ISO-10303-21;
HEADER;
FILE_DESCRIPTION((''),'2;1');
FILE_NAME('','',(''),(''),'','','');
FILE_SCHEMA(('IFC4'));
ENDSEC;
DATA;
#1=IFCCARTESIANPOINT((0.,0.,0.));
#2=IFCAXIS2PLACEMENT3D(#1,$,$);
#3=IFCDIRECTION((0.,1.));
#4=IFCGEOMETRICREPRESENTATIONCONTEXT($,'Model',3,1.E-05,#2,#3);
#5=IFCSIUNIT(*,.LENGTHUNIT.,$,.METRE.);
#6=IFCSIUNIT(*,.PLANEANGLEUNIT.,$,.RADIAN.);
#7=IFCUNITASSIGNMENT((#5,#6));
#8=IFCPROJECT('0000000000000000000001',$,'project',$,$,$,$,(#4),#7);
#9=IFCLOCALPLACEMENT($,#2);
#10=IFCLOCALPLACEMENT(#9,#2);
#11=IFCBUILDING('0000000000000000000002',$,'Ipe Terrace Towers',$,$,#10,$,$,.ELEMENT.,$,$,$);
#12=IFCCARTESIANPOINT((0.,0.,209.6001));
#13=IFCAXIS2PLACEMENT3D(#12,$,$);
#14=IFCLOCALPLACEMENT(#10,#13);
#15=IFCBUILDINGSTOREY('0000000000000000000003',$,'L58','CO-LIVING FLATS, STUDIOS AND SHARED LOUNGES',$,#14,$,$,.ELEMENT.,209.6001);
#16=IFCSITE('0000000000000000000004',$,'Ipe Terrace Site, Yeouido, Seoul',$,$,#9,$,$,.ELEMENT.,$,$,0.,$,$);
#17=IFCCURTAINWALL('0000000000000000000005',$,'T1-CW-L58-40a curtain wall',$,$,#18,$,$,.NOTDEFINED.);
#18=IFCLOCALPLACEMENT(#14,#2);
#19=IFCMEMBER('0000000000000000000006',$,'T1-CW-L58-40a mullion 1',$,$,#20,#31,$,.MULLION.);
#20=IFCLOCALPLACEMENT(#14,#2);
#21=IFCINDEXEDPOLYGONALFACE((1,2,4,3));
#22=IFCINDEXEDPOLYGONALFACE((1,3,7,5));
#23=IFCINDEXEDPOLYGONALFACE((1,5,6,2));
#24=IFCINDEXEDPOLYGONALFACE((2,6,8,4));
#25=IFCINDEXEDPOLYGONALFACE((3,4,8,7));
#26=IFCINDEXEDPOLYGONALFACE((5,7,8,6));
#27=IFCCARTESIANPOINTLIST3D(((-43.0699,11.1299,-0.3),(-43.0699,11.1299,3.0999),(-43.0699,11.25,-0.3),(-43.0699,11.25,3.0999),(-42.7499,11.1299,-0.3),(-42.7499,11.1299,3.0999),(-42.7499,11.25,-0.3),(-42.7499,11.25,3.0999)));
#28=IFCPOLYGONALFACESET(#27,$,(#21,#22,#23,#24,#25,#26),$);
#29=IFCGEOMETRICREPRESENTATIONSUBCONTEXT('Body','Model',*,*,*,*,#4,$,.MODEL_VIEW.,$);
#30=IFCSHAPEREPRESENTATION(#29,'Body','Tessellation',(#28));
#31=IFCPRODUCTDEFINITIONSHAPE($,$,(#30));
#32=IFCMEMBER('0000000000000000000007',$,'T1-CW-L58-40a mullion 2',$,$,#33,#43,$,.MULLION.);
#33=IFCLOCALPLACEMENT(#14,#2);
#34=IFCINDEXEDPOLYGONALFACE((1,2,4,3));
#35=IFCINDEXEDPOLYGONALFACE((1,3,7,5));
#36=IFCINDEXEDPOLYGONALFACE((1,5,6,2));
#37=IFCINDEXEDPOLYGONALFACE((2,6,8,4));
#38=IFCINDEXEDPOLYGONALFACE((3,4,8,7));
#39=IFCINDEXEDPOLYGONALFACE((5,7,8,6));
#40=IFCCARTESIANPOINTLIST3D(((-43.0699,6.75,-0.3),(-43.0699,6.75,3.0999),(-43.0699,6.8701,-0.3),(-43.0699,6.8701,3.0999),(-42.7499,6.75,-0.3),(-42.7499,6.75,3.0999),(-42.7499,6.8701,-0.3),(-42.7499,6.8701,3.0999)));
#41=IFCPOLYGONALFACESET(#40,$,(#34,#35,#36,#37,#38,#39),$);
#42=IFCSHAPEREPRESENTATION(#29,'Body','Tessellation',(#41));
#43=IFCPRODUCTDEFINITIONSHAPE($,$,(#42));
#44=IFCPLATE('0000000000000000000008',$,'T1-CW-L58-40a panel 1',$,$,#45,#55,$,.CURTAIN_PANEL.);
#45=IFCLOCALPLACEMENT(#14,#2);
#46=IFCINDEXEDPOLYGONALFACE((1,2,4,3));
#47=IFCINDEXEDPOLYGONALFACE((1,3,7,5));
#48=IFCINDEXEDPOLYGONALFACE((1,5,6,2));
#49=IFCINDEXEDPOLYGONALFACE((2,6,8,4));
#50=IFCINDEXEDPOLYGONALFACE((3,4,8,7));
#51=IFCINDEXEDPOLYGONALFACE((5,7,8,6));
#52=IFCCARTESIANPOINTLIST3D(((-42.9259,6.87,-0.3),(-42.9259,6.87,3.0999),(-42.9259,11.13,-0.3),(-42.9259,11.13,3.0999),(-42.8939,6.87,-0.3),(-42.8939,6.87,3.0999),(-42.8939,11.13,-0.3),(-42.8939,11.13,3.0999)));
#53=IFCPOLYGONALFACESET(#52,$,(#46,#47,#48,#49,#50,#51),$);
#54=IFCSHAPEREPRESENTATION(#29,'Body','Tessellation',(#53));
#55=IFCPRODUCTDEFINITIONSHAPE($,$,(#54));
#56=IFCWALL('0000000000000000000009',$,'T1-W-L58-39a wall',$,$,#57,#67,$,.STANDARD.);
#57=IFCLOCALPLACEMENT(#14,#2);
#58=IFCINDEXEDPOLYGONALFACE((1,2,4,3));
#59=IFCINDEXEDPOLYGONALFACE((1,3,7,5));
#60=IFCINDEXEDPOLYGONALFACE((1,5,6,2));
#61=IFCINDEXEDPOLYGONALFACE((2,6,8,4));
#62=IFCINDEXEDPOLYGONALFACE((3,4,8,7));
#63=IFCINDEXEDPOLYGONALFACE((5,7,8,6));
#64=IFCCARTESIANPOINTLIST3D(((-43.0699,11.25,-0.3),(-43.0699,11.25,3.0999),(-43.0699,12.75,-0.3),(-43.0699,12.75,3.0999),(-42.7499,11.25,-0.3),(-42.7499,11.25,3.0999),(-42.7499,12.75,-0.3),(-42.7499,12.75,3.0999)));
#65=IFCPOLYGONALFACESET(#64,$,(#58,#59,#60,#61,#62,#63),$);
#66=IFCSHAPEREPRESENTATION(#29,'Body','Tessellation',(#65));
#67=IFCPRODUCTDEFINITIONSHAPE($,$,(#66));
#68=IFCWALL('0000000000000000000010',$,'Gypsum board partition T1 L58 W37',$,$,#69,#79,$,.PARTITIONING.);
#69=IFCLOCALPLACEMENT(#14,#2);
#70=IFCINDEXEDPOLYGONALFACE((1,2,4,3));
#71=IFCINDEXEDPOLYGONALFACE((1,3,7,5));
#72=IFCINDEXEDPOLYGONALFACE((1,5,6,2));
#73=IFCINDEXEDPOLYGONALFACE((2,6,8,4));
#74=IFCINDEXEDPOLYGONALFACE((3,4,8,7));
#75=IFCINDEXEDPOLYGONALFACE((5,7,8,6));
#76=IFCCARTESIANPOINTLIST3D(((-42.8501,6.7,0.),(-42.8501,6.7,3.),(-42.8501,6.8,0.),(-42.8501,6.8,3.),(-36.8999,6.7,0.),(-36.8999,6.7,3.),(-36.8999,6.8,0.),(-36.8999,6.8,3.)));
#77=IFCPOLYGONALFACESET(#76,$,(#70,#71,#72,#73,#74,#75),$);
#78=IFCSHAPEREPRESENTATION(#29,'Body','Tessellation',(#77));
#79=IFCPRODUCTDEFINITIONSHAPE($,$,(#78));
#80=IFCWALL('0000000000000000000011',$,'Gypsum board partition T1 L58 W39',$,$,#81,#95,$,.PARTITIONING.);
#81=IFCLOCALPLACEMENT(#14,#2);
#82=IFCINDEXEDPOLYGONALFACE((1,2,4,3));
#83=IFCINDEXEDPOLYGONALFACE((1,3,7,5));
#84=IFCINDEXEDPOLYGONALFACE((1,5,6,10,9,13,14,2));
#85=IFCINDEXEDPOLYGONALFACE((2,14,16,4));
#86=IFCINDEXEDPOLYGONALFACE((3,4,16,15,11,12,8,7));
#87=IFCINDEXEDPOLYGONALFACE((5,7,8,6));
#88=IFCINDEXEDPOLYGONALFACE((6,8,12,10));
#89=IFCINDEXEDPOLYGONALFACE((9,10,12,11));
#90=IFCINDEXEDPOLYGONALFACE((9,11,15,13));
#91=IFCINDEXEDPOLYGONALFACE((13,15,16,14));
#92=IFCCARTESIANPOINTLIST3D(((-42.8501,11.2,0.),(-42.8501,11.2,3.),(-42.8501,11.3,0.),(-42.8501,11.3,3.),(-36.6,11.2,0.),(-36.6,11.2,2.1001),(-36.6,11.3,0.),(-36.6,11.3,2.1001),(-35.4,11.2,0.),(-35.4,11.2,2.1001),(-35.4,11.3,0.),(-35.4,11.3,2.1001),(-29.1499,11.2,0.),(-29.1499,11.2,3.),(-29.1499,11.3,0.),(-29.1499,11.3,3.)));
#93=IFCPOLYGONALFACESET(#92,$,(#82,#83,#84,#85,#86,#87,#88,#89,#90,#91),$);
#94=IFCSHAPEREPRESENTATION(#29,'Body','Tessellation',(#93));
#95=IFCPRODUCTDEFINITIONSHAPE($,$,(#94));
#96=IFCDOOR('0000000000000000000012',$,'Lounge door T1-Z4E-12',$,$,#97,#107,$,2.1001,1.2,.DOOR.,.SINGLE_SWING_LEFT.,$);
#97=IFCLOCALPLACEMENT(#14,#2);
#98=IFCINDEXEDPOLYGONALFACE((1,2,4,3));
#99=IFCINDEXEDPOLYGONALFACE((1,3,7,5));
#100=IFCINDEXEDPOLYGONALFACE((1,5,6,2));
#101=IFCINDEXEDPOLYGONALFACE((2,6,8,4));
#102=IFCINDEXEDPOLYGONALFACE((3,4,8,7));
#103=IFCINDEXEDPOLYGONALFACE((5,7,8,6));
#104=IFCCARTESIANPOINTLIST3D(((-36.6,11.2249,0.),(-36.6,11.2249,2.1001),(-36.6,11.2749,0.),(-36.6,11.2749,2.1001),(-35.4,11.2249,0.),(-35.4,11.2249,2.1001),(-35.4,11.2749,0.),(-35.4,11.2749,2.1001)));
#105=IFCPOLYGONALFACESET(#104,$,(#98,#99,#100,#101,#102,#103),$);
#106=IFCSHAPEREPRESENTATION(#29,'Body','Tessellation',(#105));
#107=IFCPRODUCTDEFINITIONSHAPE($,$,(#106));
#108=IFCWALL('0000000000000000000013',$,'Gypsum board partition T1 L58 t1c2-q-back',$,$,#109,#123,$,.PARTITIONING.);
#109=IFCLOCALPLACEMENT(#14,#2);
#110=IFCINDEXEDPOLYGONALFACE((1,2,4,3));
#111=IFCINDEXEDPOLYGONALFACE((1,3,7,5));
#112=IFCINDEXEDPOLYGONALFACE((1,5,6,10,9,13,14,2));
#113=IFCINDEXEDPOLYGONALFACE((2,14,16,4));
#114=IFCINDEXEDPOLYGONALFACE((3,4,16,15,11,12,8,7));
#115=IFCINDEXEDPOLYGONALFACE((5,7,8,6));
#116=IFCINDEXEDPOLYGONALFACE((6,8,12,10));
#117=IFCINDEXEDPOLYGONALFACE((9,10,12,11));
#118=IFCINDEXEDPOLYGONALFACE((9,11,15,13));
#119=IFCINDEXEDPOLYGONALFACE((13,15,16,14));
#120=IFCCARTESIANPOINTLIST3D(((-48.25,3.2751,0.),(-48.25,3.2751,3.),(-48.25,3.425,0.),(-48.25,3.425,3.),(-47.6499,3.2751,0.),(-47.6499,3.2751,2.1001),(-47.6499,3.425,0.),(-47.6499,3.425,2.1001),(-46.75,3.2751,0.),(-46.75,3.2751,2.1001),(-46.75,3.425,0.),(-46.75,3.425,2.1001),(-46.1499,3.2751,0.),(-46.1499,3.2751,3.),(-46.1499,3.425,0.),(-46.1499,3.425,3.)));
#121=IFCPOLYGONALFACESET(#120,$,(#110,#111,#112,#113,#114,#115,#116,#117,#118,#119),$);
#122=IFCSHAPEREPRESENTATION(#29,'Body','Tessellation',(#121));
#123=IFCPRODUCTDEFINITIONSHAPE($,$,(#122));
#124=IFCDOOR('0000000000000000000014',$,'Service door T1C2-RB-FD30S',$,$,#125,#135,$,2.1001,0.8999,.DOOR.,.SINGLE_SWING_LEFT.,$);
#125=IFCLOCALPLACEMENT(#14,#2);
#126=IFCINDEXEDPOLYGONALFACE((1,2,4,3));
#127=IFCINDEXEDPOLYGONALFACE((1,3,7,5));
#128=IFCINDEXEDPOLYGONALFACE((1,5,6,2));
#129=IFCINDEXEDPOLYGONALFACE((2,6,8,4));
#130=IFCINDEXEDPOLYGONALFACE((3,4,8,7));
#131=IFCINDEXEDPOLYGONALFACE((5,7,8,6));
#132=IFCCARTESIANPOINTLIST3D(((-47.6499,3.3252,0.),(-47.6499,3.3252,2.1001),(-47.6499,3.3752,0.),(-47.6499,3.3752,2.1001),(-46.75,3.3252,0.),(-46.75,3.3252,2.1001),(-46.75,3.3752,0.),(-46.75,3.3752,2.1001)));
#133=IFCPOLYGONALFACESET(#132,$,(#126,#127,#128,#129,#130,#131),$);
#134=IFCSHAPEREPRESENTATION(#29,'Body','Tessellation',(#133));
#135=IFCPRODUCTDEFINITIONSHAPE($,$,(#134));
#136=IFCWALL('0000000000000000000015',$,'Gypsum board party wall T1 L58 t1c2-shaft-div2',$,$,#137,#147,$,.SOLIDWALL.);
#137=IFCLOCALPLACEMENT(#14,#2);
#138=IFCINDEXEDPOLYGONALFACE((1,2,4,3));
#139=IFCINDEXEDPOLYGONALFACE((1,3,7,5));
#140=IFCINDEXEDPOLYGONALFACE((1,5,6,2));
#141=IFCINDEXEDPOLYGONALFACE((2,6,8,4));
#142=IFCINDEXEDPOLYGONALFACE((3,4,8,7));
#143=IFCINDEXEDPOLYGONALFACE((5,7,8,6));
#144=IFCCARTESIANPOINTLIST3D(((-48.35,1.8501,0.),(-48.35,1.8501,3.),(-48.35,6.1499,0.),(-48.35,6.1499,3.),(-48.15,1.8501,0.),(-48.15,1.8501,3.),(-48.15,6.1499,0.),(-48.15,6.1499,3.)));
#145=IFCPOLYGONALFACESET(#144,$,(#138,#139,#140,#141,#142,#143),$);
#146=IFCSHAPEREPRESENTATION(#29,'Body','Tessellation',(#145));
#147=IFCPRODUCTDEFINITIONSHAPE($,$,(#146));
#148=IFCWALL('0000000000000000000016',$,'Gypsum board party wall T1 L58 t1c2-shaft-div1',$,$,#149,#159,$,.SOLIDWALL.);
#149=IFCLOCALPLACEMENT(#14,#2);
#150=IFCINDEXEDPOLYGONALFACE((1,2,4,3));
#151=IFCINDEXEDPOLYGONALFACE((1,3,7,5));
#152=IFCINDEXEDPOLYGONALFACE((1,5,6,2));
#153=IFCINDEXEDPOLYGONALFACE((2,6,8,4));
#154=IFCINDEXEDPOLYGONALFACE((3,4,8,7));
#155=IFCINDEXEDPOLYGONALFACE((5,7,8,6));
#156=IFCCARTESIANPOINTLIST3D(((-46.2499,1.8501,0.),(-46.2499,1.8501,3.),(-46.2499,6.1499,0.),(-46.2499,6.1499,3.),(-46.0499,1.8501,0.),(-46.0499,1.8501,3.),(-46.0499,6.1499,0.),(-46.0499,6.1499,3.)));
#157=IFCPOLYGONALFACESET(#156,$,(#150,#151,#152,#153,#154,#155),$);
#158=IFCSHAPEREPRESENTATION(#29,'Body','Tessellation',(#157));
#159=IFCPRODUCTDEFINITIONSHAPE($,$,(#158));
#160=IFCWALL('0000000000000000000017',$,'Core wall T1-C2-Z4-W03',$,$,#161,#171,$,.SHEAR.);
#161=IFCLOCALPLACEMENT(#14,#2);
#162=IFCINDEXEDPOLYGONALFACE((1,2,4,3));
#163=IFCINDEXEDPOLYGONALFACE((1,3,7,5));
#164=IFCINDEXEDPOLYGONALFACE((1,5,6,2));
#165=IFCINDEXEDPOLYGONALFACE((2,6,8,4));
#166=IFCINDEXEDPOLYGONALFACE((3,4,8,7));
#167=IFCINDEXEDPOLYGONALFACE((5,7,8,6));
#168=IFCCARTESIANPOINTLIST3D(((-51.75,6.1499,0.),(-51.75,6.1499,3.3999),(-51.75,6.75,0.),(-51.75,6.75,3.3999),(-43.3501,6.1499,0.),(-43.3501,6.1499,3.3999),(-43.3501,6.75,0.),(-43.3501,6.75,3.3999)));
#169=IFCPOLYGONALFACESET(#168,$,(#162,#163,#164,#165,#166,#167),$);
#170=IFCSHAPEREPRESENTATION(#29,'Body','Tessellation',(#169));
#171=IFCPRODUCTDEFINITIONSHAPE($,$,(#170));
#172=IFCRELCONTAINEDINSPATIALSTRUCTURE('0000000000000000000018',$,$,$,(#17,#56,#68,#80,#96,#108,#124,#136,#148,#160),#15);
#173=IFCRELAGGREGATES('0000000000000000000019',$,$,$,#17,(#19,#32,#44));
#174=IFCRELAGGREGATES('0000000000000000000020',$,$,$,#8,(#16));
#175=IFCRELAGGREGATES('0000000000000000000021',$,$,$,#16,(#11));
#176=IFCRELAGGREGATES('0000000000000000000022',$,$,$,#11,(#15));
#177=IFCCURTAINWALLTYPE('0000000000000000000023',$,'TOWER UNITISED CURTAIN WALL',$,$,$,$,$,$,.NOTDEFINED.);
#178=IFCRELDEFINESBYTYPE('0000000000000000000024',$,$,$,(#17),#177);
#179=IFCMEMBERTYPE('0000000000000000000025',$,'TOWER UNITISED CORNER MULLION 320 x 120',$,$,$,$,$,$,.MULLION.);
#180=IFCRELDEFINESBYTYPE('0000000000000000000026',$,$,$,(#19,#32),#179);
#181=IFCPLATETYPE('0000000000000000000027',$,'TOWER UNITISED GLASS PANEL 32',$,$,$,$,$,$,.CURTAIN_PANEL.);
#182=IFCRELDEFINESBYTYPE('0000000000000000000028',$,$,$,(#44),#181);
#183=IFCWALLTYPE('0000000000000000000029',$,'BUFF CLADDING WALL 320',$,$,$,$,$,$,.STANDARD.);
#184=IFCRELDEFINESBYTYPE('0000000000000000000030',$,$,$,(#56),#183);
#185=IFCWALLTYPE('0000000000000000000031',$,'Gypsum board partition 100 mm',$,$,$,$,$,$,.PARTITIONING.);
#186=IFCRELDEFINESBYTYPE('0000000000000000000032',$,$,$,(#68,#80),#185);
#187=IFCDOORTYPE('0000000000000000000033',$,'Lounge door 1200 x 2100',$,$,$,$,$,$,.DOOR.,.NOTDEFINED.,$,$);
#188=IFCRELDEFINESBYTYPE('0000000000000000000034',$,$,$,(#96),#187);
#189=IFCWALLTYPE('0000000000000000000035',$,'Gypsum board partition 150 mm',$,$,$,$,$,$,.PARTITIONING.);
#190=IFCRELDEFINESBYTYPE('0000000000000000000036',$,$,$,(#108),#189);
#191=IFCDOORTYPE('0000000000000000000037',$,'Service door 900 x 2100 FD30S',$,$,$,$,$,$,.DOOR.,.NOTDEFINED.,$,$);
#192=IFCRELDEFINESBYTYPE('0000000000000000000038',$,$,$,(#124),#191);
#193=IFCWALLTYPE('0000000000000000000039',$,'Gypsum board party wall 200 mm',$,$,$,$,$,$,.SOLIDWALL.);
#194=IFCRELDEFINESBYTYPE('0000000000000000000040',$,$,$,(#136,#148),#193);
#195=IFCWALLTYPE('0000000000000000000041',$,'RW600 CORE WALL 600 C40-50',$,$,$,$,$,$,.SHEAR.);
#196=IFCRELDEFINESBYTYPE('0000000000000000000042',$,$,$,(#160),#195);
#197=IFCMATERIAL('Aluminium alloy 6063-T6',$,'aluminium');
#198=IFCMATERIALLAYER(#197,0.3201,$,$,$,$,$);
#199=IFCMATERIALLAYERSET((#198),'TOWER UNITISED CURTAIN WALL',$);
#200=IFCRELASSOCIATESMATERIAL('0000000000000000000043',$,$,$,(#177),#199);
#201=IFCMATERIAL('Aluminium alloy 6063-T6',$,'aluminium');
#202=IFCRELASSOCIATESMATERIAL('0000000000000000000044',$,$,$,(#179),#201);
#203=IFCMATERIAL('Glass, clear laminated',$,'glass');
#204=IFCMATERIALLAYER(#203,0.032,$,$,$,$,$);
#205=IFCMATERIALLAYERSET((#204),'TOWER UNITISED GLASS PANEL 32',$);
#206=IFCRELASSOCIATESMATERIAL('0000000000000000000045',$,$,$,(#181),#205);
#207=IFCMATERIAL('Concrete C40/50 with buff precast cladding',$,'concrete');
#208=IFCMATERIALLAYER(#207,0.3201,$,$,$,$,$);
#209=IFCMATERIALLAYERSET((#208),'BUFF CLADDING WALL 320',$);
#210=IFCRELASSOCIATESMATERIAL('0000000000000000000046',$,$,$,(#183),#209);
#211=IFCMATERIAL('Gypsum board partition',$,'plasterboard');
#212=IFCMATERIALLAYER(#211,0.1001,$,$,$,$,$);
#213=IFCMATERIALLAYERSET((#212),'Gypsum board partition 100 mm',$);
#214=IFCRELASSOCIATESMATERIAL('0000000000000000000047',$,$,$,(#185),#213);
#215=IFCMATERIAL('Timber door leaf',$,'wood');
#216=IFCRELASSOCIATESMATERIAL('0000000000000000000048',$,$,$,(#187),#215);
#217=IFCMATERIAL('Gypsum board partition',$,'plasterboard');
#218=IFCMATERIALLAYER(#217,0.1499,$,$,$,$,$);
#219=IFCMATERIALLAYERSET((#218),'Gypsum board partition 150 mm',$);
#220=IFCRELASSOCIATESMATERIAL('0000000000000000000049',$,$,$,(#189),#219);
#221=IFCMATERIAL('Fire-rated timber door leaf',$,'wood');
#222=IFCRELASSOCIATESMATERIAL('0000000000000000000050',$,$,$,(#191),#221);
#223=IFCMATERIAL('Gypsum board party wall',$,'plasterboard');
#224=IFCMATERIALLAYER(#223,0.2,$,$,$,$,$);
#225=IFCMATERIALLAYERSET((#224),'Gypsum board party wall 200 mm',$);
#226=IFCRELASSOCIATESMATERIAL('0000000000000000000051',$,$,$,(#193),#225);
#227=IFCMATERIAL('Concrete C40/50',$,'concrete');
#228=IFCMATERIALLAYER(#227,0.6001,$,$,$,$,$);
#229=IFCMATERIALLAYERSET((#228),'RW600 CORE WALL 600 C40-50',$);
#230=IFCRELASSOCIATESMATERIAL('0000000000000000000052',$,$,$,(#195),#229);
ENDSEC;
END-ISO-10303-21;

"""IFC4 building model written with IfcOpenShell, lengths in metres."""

from ifc_helpers import new_model, si_unit, direction, frame, frame_2d, origin, origin_2d, place, context, subcontext, project, spatial, rectangle, extrude, material, layer, layer_set, material_profile, profile_set, type_object, element, fill, aggregate, save


model = new_model("IFC4")

# Units and contexts
model_context = context("Model", 3, precision=1e-05, world=origin(), true_north=direction((0.0, 1.0)))
body_context = subcontext(model_context, "Body", "Model", "MODEL_VIEW")
ifc_project = project(units=[si_unit("LENGTHUNIT", "METRE"), si_unit("PLANEANGLEUNIT", "RADIAN")], contexts=[model_context])

# Site, building, storey
site_placement = place(None, origin())
site = spatial("IfcSite", under=ifc_project, at=site_placement, Name="Ipe Terrace Site, Yeouido, Seoul", CompositionType="ELEMENT", RefElevation=0.0)
building_placement = place(site_placement, origin())
building = spatial("IfcBuilding", under=site, at=building_placement, Name="Ipe Terrace Towers", CompositionType="ELEMENT")
storey_placement = place(building_placement, frame((0.0, 0.0, 209.6001)))
storey = spatial("IfcBuildingStorey", under=building, at=storey_placement, Name="L58", Description="CO-LIVING FLATS, STUDIOS AND SHARED LOUNGES", CompositionType="ELEMENT", Elevation=209.6001)

# Curtain wall, members, plate
ifc_material_1 = material(Name="Aluminium alloy 6063-T6", Category="aluminium")
ifc_layer_1 = layer(ifc_material_1, 0.3201)
ifc_layer_set_1 = layer_set([ifc_layer_1], Name="TOWER UNITISED CURTAIN WALL")
curtain_wall_type = type_object("IfcCurtainWallType", Name="TOWER UNITISED CURTAIN WALL", PredefinedType="NOTDEFINED", material=ifc_layer_set_1)
curtain_wall_placement = place(storey_placement, origin())
curtain_wall = element("IfcCurtainWall", 1, at=curtain_wall_placement, inside=storey, type_object=curtain_wall_type, Name="T1-CW-L58-40a curtain wall", PredefinedType="NOTDEFINED")
ifc_material_2 = material(Name="Aluminium alloy 6063-T6", Category="aluminium")
ifc_material_profile = material_profile(ifc_material_2, rectangle(XDim=0.3201, YDim=0.1201, at=origin_2d()), Name="TOWER UNITISED CORNER MULLION 320 x 120")
ifc_profile_set = profile_set([ifc_material_profile], Name="Aluminium alloy 6063-T6")
member_type = type_object("IfcMemberType", Name="TOWER UNITISED CORNER MULLION 320 x 120", PredefinedType="MULLION", material=ifc_profile_set)
member_1_placement = place(storey_placement, frame((-42.9099, 11.1899, -0.3), z_axis=(0.0, 0.0, 1.0), x_axis=(-1.0, 0.0, 0.0)))
member_1 = element("IfcMember", 2, at=member_1_placement, type_object=member_type, Name="T1-CW-L58-40a mullion 1", PredefinedType="MULLION", context=body_context, shape_type="SweptSolid", body=[
    extrude(rectangle(XDim=0.3201, YDim=0.1201, at=origin_2d()), origin(), (0.0, 0.0, 1.0), 3.3999),
])
member_2_placement = place(storey_placement, frame((-42.9099, 6.8101, -0.3), z_axis=(0.0, 0.0, 1.0), x_axis=(-1.0, 0.0, 0.0)))
member_2 = element("IfcMember", 3, at=member_2_placement, type_object=member_type, Name="T1-CW-L58-40a mullion 2", PredefinedType="MULLION", context=body_context, shape_type="SweptSolid", body=[
    extrude(rectangle(XDim=0.3201, YDim=0.1201, at=origin_2d()), origin(), (0.0, 0.0, 1.0), 3.3999),
])
ifc_material_3 = material(Name="Glass, clear laminated", Category="glass")
ifc_layer_2 = layer(ifc_material_3, 0.032)
ifc_layer_set_2 = layer_set([ifc_layer_2], Name="TOWER UNITISED GLASS PANEL 32")
plate_type = type_object("IfcPlateType", Name="TOWER UNITISED GLASS PANEL 32", PredefinedType="CURTAIN_PANEL", material=ifc_layer_set_2)
plate_placement = place(storey_placement, frame((-42.9099, 9.0, -0.3), z_axis=(0.0, 0.0, 1.0), x_axis=(0.0, -1.0, 0.0)))
plate = element("IfcPlate", 4, at=plate_placement, type_object=plate_type, Name="T1-CW-L58-40a panel 1", PredefinedType="CURTAIN_PANEL", context=body_context, shape_type="SweptSolid", body=[
    extrude(rectangle(XDim=4.26, YDim=0.032, at=origin_2d()), origin(), (0.0, 0.0, 1.0), 3.3999),
])
aggregate(curtain_wall, [member_1, member_2, plate])

# Walls
ifc_material_4 = material(Name="Concrete C40/50 with buff precast cladding", Category="concrete")
ifc_layer_3 = layer(ifc_material_4, 0.3201)
ifc_layer_set_3 = layer_set([ifc_layer_3], Name="BUFF CLADDING WALL 320")
wall_type_1 = type_object("IfcWallType", Name="BUFF CLADDING WALL 320", PredefinedType="STANDARD", material=ifc_layer_set_3)
wall_1_placement = place(storey_placement, frame((-42.9099, 12.75, -0.3), z_axis=(0.0, 0.0, 1.0), x_axis=(0.0, -1.0, 0.0)))
element("IfcWall", 5, at=wall_1_placement, inside=storey, type_object=wall_type_1, Name="T1-W-L58-39a wall", PredefinedType="STANDARD", context=body_context, shape_type="SweptSolid", body=[
    extrude(rectangle(XDim=1.5, YDim=0.3201, at=frame_2d((0.75, 0.0))), origin(), (0.0, 0.0, 1.0), 3.3999),
])
ifc_material_5 = material(Name="Gypsum board partition", Category="plasterboard")
ifc_layer_4 = layer(ifc_material_5, 0.1001)
ifc_layer_set_4 = layer_set([ifc_layer_4], Name="Gypsum board partition 100 mm")
wall_type_2 = type_object("IfcWallType", Name="Gypsum board partition 100 mm", PredefinedType="PARTITIONING", material=ifc_layer_set_4)
wall_2_placement = place(storey_placement, frame((-42.8501, 6.75, 0.0), z_axis=(0.0, 0.0, 1.0), x_axis=(1.0, 0.0, 0.0)))
element("IfcWall", 6, at=wall_2_placement, inside=storey, type_object=wall_type_2, Name="Gypsum board partition T1 L58 W37", PredefinedType="PARTITIONING", context=body_context, shape_type="SweptSolid", body=[
    extrude(rectangle(XDim=5.9502, YDim=0.1001, at=frame_2d((2.9751, 0.0))), origin(), (0.0, 0.0, 1.0), 3.0),
])

# Walls, openings, doors
wall_3_placement = place(storey_placement, frame((-42.8501, 11.25, 0.0), z_axis=(0.0, 0.0, 1.0), x_axis=(1.0, 0.0, 0.0)))
wall_3 = element("IfcWall", 7, at=wall_3_placement, inside=storey, type_object=wall_type_2, Name="Gypsum board partition T1 L58 W39", PredefinedType="PARTITIONING", context=body_context, shape_type="SweptSolid", body=[
    extrude(rectangle(XDim=13.7002, YDim=0.1001, at=frame_2d((6.8501, 0.0))), origin(), (0.0, 0.0, 1.0), 3.0),
])
opening_1_placement = place(wall_3_placement, frame((6.25, 0.0, 0.0)))
opening_1 = element("IfcOpeningElement", 8, at=opening_1_placement, cuts=wall_3, PredefinedType="OPENING", context=body_context, shape_type="SweptSolid", body=[
    extrude(rectangle(XDim=1.2, YDim=2.1001, at=frame_2d((0.6001, 1.05))), frame((0.0, 0.0601, 0.0), z_axis=(0.0, -1.0, 0.0), x_axis=(1.0, 0.0, 0.0)), (0.0, 0.0, 1.0), 0.1201),
])
ifc_material_6 = material(Name="Timber door leaf", Category="wood")
door_type_1 = type_object("IfcDoorType", Name="Lounge door 1200 x 2100", OperationType="NOTDEFINED", PredefinedType="DOOR", material=ifc_material_6)
door_1_placement = place(opening_1_placement, origin())
door_1 = element("IfcDoor", 9, at=door_1_placement, inside=storey, type_object=door_type_1, Name="Lounge door T1-Z4E-12", OperationType="SINGLE_SWING_LEFT", OverallHeight=2.1001, OverallWidth=1.2, PredefinedType="DOOR", context=body_context, shape_type="SweptSolid", body=[
    extrude(rectangle(XDim=1.2, YDim=2.1001, at=frame_2d((0.6001, 1.05))), frame((0.0, 0.0249, 0.0), z_axis=(0.0, -1.0, 0.0), x_axis=(1.0, 0.0, 0.0)), (0.0, 0.0, 1.0), 0.05),
])
fill(opening_1, door_1)
ifc_material_7 = material(Name="Gypsum board partition", Category="plasterboard")
ifc_layer_5 = layer(ifc_material_7, 0.1499)
ifc_layer_set_5 = layer_set([ifc_layer_5], Name="Gypsum board partition 150 mm")
wall_type_3 = type_object("IfcWallType", Name="Gypsum board partition 150 mm", PredefinedType="PARTITIONING", material=ifc_layer_set_5)
wall_4_placement = place(storey_placement, frame((-46.1499, 3.3501, 0.0), z_axis=(0.0, 0.0, 1.0), x_axis=(-1.0, 0.0, 0.0)))
wall_4 = element("IfcWall", 10, at=wall_4_placement, inside=storey, type_object=wall_type_3, Name="Gypsum board partition T1 L58 t1c2-q-back", PredefinedType="PARTITIONING", context=body_context, shape_type="SweptSolid", body=[
    extrude(rectangle(XDim=2.1001, YDim=0.1499, at=frame_2d((1.05, 0.0))), origin(), (0.0, 0.0, 1.0), 3.0),
])
opening_2_placement = place(wall_4_placement, frame((0.6001, 0.0, 0.0)))
opening_2 = element("IfcOpeningElement", 11, at=opening_2_placement, cuts=wall_4, PredefinedType="OPENING", context=body_context, shape_type="SweptSolid", body=[
    extrude(rectangle(XDim=0.8999, YDim=2.1001, at=frame_2d((0.45, 1.05))), frame((0.0, 0.085, 0.0), z_axis=(0.0, -1.0, 0.0), x_axis=(1.0, 0.0, 0.0)), (0.0, 0.0, 1.0), 0.1699),
])
ifc_material_8 = material(Name="Fire-rated timber door leaf", Category="wood")
door_type_2 = type_object("IfcDoorType", Name="Service door 900 x 2100 FD30S", OperationType="NOTDEFINED", PredefinedType="DOOR", material=ifc_material_8)
door_2_placement = place(opening_2_placement, origin())
door_2 = element("IfcDoor", 12, at=door_2_placement, inside=storey, type_object=door_type_2, Name="Service door T1C2-RB-FD30S", OperationType="SINGLE_SWING_LEFT", OverallHeight=2.1001, OverallWidth=0.8999, PredefinedType="DOOR", context=body_context, shape_type="SweptSolid", body=[
    extrude(rectangle(XDim=0.8999, YDim=2.1001, at=frame_2d((0.45, 1.05))), frame((0.0, 0.0249, 0.0), z_axis=(0.0, -1.0, 0.0), x_axis=(1.0, 0.0, 0.0)), (0.0, 0.0, 1.0), 0.05),
])
fill(opening_2, door_2)

# Walls
ifc_material_9 = material(Name="Gypsum board party wall", Category="plasterboard")
ifc_layer_6 = layer(ifc_material_9, 0.2)
ifc_layer_set_6 = layer_set([ifc_layer_6], Name="Gypsum board party wall 200 mm")
wall_type_4 = type_object("IfcWallType", Name="Gypsum board party wall 200 mm", PredefinedType="SOLIDWALL", material=ifc_layer_set_6)
for number, where, z_axis, x_axis, name in (
    (13, (-48.25, 6.1499, 0.0), (0.0, 0.0, 1.0), (0.0, -1.0, 0.0), "Gypsum board party wall T1 L58 t1c2-shaft-div2"),
    (14, (-46.1499, 6.1499, 0.0), (0.0, 0.0, 1.0), (0.0, -1.0, 0.0), "Gypsum board party wall T1 L58 t1c2-shaft-div1"),
):
    element("IfcWall", number, at=place(storey_placement, frame(where, z_axis=z_axis, x_axis=x_axis)), inside=storey, type_object=wall_type_4, Name=name, PredefinedType="SOLIDWALL", context=body_context, shape_type="SweptSolid", body=[
        extrude(rectangle(XDim=4.2998, YDim=0.2, at=frame_2d((2.1499, 0.0))), origin(), (0.0, 0.0, 1.0), 3.0),
    ])
ifc_material_10 = material(Name="Concrete C40/50", Category="concrete")
ifc_layer_7 = layer(ifc_material_10, 0.6001)
ifc_layer_set_7 = layer_set([ifc_layer_7], Name="RW600 CORE WALL 600 C40-50")
wall_type_5 = type_object("IfcWallType", Name="RW600 CORE WALL 600 C40-50", PredefinedType="SHEAR", material=ifc_layer_set_7)
wall_5_placement = place(storey_placement, frame((-43.3501, 6.45, 0.0), z_axis=(0.0, 0.0, 1.0), x_axis=(-1.0, 0.0, 0.0)))
element("IfcWall", 15, at=wall_5_placement, inside=storey, type_object=wall_type_5, Name="Core wall T1-C2-Z4-W03", PredefinedType="SHEAR", context=body_context, shape_type="SweptSolid", body=[
    extrude(rectangle(XDim=8.3999, YDim=0.6001, at=frame_2d((4.2, 0.0))), origin(), (0.0, 0.0, 1.0), 3.3999),
])

save(model, "model.ifc")
